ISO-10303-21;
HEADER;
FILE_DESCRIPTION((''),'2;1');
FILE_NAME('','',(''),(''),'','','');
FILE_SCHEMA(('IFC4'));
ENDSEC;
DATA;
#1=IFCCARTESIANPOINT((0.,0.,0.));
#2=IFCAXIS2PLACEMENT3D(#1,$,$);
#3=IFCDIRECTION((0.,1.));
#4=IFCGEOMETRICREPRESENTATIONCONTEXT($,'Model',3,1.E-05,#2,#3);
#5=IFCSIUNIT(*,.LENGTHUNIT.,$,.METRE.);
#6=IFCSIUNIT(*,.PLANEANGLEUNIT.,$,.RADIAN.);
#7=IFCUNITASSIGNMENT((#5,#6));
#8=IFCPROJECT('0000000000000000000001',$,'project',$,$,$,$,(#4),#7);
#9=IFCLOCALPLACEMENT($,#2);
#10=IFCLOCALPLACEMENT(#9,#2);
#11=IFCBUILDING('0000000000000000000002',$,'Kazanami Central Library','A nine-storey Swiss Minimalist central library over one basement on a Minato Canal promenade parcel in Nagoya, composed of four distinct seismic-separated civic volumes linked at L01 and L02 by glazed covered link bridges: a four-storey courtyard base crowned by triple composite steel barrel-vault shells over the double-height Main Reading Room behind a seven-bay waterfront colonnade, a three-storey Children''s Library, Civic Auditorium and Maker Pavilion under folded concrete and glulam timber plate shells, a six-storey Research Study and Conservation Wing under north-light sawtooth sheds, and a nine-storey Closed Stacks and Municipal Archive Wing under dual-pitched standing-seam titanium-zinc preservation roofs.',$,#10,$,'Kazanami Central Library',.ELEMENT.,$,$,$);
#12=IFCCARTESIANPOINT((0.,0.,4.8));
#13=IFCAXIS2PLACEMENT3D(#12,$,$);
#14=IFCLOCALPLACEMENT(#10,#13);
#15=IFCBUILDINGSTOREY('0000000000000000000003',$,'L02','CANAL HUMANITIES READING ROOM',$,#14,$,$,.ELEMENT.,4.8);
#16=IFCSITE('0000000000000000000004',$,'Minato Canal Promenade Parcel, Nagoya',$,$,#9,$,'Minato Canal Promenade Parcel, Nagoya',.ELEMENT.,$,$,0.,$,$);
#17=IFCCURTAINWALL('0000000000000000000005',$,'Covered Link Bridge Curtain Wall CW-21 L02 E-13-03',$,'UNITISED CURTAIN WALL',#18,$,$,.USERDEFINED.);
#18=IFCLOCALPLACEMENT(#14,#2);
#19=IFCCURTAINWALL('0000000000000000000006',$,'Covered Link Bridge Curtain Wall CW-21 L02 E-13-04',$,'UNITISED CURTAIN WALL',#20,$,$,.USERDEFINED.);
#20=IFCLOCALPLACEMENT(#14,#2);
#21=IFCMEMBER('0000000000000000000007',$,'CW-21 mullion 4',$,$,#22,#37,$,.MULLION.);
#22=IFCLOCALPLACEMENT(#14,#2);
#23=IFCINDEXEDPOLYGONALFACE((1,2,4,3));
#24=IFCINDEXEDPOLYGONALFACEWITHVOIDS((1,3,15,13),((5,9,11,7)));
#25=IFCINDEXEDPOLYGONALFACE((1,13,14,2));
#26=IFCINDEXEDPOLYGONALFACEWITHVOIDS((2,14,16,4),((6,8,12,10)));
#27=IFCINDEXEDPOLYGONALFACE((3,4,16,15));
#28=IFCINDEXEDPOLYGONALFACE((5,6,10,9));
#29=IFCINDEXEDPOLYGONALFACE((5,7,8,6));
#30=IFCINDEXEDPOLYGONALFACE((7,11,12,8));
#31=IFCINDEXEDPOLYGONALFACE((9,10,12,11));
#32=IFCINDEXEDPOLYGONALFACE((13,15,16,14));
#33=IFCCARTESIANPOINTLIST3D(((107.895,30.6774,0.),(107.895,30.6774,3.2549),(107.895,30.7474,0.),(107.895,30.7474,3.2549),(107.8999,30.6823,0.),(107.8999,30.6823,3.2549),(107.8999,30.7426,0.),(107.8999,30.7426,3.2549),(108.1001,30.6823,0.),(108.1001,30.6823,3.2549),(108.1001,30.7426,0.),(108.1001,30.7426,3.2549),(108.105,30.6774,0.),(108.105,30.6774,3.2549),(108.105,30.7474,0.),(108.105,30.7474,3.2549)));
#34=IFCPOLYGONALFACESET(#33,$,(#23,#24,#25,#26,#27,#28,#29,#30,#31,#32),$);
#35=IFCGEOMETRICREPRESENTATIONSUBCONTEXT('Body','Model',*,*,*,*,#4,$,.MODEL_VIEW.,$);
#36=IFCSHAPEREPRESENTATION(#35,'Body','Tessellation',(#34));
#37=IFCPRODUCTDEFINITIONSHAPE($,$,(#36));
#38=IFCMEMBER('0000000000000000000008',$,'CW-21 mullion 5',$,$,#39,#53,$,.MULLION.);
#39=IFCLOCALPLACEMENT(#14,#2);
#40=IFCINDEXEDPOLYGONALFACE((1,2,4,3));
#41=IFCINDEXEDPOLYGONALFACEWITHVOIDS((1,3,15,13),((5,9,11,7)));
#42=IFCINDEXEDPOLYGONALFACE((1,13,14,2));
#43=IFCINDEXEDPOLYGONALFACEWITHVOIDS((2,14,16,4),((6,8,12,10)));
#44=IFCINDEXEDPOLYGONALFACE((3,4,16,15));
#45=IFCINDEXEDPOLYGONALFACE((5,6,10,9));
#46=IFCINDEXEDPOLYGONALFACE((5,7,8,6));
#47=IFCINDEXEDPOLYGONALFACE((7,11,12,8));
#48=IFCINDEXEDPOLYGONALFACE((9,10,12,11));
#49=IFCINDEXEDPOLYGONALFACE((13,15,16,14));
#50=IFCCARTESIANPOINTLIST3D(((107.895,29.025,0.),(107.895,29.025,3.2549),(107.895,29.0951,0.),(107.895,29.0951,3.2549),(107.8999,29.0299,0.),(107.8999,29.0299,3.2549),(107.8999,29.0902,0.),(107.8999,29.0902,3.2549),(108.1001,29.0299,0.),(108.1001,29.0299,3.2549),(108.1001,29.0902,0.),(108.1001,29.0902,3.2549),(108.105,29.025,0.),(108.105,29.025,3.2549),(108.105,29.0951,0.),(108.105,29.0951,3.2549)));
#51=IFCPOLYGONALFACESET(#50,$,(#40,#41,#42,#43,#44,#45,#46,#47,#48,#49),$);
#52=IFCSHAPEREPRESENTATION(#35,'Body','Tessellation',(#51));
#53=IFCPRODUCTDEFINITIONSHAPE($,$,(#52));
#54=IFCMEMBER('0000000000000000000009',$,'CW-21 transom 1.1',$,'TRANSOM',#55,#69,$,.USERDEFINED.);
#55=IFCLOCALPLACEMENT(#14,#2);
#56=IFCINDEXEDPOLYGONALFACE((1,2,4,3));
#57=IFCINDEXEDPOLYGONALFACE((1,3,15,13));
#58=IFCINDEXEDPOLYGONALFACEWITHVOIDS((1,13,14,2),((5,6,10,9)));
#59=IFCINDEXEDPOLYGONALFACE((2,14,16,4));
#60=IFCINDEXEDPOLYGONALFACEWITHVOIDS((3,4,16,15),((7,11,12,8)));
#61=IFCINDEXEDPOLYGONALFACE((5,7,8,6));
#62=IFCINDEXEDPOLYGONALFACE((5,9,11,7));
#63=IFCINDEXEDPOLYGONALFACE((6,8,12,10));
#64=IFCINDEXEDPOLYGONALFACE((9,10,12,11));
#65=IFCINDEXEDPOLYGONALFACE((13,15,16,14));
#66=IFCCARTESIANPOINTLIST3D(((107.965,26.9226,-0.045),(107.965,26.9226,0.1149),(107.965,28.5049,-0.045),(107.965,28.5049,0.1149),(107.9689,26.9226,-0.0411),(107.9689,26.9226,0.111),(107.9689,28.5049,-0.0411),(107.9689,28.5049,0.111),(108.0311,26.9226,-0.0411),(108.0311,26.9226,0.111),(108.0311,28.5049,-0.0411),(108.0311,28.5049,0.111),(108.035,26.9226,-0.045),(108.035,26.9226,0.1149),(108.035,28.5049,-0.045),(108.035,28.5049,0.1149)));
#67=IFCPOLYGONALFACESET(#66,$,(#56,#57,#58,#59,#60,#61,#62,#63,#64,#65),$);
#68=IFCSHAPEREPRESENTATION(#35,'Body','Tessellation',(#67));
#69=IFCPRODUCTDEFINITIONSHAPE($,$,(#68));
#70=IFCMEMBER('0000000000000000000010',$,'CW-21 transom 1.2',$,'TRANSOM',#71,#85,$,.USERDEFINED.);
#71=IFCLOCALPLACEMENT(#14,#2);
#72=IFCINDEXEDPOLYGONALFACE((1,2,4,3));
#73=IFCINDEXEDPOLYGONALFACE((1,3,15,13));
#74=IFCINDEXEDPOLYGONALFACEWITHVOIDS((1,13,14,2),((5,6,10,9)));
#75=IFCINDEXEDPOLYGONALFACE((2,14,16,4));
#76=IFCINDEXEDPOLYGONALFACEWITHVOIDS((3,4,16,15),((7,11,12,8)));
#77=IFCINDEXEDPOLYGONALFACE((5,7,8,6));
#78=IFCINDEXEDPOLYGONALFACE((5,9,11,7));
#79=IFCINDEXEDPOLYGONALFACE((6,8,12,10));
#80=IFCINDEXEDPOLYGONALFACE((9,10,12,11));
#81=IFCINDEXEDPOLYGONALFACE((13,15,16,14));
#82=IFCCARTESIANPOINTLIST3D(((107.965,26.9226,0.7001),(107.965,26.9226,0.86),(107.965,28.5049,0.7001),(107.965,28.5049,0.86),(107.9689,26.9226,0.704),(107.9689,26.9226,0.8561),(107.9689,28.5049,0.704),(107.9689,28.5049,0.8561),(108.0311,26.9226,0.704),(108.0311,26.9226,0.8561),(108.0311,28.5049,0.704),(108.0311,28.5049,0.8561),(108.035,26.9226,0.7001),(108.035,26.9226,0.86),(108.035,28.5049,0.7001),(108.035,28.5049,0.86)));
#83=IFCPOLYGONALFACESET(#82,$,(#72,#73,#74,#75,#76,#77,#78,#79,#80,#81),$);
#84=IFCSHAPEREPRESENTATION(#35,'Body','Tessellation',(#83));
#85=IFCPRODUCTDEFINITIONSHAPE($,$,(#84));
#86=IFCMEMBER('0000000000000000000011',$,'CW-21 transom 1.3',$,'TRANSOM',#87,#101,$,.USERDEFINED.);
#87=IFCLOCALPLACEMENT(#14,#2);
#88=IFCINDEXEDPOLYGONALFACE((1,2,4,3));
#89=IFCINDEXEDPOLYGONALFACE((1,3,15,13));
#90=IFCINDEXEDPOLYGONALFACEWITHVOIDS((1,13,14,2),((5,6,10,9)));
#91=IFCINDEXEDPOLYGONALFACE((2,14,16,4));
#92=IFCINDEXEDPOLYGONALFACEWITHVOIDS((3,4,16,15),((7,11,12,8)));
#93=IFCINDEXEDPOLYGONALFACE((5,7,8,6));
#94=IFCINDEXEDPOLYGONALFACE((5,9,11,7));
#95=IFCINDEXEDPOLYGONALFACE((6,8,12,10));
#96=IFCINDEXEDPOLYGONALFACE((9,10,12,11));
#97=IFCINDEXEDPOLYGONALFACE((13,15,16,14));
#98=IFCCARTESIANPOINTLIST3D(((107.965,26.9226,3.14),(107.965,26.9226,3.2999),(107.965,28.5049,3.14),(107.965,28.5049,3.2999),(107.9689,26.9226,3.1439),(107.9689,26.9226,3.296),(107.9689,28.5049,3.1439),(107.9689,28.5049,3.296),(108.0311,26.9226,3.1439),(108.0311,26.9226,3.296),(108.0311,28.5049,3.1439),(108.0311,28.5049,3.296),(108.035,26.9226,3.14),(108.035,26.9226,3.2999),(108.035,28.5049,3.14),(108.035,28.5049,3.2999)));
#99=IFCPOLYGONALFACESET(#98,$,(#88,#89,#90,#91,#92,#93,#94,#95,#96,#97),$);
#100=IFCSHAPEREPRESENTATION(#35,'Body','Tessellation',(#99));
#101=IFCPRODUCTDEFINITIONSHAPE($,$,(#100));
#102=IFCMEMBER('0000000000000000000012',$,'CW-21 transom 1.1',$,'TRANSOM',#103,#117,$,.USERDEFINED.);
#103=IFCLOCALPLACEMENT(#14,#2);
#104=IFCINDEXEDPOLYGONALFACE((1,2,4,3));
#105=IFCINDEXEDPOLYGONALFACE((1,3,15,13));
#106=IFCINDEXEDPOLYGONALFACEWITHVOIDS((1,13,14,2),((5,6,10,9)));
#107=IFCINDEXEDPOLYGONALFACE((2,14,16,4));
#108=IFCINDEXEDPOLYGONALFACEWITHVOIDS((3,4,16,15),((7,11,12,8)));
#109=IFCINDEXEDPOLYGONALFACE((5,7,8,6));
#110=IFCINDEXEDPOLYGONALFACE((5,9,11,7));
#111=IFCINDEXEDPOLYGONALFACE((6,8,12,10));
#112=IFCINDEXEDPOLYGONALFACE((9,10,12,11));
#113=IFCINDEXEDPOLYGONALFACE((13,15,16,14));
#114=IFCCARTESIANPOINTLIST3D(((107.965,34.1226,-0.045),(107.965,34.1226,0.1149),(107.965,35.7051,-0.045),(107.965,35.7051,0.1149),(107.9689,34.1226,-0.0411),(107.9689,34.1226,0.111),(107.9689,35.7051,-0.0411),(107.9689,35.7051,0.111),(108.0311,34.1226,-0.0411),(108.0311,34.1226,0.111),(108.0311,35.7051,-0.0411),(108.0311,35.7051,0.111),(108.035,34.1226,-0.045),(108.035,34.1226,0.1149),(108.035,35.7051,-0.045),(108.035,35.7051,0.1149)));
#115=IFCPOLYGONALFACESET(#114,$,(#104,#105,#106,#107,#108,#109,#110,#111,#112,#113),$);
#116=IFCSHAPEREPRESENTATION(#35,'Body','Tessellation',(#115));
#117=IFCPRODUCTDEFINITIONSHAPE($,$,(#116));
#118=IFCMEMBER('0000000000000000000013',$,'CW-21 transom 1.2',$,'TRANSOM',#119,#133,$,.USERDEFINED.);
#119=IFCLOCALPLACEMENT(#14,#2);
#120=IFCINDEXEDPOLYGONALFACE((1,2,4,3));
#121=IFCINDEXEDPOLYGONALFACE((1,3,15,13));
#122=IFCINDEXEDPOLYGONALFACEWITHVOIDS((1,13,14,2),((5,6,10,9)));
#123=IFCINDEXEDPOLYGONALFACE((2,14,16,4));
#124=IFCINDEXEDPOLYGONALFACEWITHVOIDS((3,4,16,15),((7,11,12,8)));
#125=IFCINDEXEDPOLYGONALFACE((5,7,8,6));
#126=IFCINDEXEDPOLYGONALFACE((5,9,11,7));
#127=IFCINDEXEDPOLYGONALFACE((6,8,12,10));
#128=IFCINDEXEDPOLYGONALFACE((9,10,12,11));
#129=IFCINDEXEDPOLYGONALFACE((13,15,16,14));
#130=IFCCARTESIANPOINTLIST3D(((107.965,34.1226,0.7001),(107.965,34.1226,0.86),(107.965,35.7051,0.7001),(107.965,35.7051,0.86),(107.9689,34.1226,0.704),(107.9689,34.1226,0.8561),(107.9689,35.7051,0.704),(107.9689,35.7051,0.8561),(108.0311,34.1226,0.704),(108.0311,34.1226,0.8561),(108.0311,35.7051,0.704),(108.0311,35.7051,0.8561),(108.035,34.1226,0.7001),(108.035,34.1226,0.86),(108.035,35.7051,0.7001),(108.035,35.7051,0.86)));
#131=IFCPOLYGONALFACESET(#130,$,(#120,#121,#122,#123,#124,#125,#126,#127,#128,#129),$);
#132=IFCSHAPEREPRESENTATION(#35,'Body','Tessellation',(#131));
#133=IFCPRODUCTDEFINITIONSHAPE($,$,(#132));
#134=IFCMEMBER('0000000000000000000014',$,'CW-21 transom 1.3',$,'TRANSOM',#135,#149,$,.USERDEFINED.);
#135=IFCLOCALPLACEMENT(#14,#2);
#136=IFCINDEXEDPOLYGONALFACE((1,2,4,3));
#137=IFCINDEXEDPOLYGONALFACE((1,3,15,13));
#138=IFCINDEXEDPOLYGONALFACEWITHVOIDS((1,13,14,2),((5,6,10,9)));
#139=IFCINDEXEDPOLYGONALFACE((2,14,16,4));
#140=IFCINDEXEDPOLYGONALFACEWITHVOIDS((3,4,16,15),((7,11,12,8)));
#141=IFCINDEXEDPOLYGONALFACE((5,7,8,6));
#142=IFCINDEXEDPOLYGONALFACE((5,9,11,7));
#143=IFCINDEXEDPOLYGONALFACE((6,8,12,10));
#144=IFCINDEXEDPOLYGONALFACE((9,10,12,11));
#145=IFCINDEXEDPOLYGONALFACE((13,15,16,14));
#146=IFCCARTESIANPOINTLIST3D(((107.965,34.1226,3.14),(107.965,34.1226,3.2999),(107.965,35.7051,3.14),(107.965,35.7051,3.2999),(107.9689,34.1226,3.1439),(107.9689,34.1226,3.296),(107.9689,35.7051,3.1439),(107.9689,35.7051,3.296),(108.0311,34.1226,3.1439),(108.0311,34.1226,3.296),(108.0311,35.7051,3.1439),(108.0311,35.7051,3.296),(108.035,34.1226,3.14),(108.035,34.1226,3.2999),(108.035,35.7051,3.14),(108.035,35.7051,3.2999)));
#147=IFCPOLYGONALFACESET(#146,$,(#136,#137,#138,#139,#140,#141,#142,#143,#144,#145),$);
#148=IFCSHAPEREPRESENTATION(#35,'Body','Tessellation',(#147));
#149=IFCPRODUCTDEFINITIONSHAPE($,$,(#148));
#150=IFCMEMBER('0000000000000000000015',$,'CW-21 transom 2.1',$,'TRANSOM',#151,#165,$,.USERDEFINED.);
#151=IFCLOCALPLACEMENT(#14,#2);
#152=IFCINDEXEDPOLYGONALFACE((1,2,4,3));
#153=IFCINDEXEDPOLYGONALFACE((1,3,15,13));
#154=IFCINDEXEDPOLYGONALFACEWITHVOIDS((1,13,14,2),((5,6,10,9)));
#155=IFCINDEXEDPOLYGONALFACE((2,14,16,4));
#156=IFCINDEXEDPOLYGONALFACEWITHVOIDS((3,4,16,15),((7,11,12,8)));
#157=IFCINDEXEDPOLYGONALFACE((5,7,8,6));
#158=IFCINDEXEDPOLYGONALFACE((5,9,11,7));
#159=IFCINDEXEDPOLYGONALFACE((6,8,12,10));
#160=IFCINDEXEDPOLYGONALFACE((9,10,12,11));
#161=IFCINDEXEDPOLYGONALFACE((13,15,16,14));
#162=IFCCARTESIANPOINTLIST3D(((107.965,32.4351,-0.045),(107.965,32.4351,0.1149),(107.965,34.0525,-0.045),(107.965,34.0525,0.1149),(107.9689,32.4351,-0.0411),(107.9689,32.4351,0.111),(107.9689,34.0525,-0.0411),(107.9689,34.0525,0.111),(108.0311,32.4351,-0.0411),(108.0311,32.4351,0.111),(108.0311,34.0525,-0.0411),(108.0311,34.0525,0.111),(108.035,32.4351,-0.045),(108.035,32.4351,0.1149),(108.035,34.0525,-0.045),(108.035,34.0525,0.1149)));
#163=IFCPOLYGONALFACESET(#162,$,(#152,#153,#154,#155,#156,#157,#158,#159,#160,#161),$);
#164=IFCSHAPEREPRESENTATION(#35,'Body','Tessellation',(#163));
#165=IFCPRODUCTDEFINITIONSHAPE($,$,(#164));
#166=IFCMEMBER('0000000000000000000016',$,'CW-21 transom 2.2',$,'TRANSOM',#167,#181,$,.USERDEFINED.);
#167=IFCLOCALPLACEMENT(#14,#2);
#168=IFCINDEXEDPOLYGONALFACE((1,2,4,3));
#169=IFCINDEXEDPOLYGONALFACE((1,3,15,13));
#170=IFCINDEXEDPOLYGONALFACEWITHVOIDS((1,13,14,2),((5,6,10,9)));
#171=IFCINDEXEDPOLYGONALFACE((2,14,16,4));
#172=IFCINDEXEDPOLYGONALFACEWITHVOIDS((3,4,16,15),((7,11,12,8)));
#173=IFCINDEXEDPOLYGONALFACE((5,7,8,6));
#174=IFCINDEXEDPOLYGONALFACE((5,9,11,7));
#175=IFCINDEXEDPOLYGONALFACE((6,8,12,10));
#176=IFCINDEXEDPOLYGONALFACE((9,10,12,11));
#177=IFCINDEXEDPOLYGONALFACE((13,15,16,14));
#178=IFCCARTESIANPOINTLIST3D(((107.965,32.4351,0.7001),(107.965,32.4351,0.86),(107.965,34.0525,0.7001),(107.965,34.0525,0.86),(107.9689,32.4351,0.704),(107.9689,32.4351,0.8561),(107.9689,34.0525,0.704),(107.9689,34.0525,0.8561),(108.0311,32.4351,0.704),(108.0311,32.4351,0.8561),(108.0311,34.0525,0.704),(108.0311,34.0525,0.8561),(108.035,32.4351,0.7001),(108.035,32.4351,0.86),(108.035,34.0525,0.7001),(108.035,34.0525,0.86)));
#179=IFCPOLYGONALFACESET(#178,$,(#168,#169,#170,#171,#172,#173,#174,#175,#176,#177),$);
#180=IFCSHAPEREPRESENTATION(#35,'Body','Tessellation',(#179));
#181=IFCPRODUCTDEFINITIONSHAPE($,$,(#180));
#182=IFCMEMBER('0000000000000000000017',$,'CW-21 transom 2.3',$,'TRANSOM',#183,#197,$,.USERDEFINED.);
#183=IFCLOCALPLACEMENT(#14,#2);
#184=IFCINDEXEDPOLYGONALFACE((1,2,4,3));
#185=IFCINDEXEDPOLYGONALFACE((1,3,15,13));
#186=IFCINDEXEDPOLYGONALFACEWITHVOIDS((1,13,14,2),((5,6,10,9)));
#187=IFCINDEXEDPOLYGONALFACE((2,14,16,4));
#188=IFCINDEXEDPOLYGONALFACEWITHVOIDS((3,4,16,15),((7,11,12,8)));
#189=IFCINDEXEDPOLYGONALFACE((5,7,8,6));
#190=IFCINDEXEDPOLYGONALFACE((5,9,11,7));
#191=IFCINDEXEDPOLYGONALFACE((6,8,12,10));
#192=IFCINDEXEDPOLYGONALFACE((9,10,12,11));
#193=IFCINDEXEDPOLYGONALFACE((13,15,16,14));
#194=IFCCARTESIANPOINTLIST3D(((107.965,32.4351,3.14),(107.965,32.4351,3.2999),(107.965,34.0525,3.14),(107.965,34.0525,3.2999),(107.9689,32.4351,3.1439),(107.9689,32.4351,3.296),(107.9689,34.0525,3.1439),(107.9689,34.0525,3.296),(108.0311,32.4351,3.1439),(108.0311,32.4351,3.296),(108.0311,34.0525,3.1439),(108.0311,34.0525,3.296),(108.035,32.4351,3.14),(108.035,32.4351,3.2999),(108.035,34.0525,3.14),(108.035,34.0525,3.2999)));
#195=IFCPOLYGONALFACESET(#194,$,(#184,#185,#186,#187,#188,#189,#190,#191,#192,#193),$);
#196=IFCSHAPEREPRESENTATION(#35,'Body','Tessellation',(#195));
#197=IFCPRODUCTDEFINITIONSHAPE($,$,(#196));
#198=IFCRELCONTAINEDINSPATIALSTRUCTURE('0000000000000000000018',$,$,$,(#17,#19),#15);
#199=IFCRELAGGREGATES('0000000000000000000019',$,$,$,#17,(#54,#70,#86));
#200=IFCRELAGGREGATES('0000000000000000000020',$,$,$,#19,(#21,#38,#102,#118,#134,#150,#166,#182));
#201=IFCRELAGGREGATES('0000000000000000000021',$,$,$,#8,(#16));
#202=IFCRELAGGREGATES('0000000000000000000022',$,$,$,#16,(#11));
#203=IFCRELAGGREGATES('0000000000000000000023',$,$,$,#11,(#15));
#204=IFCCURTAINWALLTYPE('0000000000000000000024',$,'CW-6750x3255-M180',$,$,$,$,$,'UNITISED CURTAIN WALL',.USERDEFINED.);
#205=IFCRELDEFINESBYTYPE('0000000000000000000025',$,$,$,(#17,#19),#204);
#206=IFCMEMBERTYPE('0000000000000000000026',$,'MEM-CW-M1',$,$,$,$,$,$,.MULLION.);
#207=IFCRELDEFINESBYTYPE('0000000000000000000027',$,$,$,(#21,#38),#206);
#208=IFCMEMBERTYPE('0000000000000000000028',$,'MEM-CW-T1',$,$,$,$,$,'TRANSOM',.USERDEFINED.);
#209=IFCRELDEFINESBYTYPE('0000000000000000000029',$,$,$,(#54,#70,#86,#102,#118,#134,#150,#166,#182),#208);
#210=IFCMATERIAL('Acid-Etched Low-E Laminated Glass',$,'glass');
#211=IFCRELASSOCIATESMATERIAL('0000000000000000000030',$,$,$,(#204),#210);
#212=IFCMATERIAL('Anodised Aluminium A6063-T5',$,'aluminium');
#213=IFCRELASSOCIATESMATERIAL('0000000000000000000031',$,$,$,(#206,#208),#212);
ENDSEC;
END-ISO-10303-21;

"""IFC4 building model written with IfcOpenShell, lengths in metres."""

from ifc_helpers import new_model, si_unit, direction, frame, origin, origin_2d, place, context, subcontext, project, spatial, hollow_rectangle, extrude, material, material_profile, profile_set, type_object, element, aggregate, save


model = new_model("IFC4")

# Units and contexts
model_context = context("Model", 3, precision=1e-05, world=origin(), true_north=direction((0.0, 1.0)))
body_context = subcontext(model_context, "Body", "Model", "MODEL_VIEW")
ifc_project = project(units=[si_unit("LENGTHUNIT", "METRE"), si_unit("PLANEANGLEUNIT", "RADIAN")], contexts=[model_context])

# Site, building, storey
site_placement = place(None, origin())
site = spatial("IfcSite", under=ifc_project, at=site_placement, Name="Minato Canal Promenade Parcel, Nagoya", LongName="Minato Canal Promenade Parcel, Nagoya", CompositionType="ELEMENT", RefElevation=0.0)
building_placement = place(site_placement, origin())
building = spatial("IfcBuilding", under=site, at=building_placement, Name="Kazanami Central Library", Description="A nine-storey Swiss Minimalist central library over one basement on a Minato Canal promenade parcel in Nagoya, composed of four distinct seismic-separated civic volumes linked at L01 and L02 by glazed covered link bridges: a four-storey courtyard base crowned by triple composite steel barrel-vault shells over the double-height Main Reading Room behind a seven-bay waterfront colonnade, a three-storey Children's Library, Civic Auditorium and Maker Pavilion under folded concrete and glulam timber plate shells, a six-storey Research Study and Conservation Wing under north-light sawtooth sheds, and a nine-storey Closed Stacks and Municipal Archive Wing under dual-pitched standing-seam titanium-zinc preservation roofs.", LongName="Kazanami Central Library", CompositionType="ELEMENT")
storey_placement = place(building_placement, frame((0.0, 0.0, 4.8)))
storey = spatial("IfcBuildingStorey", under=building, at=storey_placement, Name="L02", Description="CANAL HUMANITIES READING ROOM", CompositionType="ELEMENT", Elevation=4.8)

# Curtain wall
ifc_material_1 = material(Name="Acid-Etched Low-E Laminated Glass", Category="glass")
curtain_wall_type_1 = type_object("IfcCurtainWallType", Name="CW-6750x3255-M180", ElementType="UNITISED CURTAIN WALL", PredefinedType="USERDEFINED", material=ifc_material_1)
curtain_wall_1_placement = place(storey_placement, origin())
curtain_wall_1 = element("IfcCurtainWall", 1, at=curtain_wall_1_placement, inside=storey, type_object=curtain_wall_type_1, Name="Covered Link Bridge Curtain Wall CW-21 L02 E-13-03", ObjectType="UNITISED CURTAIN WALL", PredefinedType="USERDEFINED")
ifc_material_2 = material(Name="Anodised Aluminium A6063-T5", Category="aluminium")
ifc_material_profile_1 = material_profile(ifc_material_2, hollow_rectangle(XDim=0.0701, YDim=0.21, WallThickness=0.0049, at=origin_2d()), Name="ALU-MULL-70x210x5")
ifc_profile_set_1 = profile_set([ifc_material_profile_1], Name="Anodised Aluminium A6063-T5")
member_type_1 = type_object("IfcMemberType", Name="MEM-CW-M1", PredefinedType="MULLION", material=ifc_profile_set_1)

# Curtain wall, members
curtain_wall_2_placement = place(storey_placement, origin())
curtain_wall_2 = element("IfcCurtainWall", 2, at=curtain_wall_2_placement, inside=storey, type_object=curtain_wall_type_1, Name="Covered Link Bridge Curtain Wall CW-21 L02 E-13-04", ObjectType="UNITISED CURTAIN WALL", PredefinedType="USERDEFINED")
member_1_placement = place(storey_placement, frame((108.0, 30.7124, 0.0), z_axis=(0.0, 0.0, 1.0), x_axis=(0.0, -1.0, 0.0)))
member_1 = element("IfcMember", 3, at=member_1_placement, type_object=member_type_1, Name="CW-21 mullion 4", PredefinedType="MULLION", context=body_context, shape_type="SweptSolid", body=[
    extrude(hollow_rectangle(XDim=0.0701, YDim=0.21, WallThickness=0.0049, at=origin_2d()), origin(), (0.0, 0.0, 1.0), 3.2549),
])
member_2_placement = place(storey_placement, frame((108.0, 29.0601, 0.0), z_axis=(0.0, 0.0, 1.0), x_axis=(0.0, -1.0, 0.0)))
member_2 = element("IfcMember", 4, at=member_2_placement, type_object=member_type_1, Name="CW-21 mullion 5", PredefinedType="MULLION", context=body_context, shape_type="SweptSolid", body=[
    extrude(hollow_rectangle(XDim=0.0701, YDim=0.21, WallThickness=0.0049, at=origin_2d()), origin(), (0.0, 0.0, 1.0), 3.2549),
])

# Members
ifc_material_profile_2 = material_profile(ifc_material_2, hollow_rectangle(XDim=0.0701, YDim=0.1599, WallThickness=0.0039, at=origin_2d()), Name="ALU-TRAN-70x160x4")
ifc_profile_set_2 = profile_set([ifc_material_profile_2], Name="Anodised Aluminium A6063-T5")
member_type_2 = type_object("IfcMemberType", Name="MEM-CW-T1", ElementType="TRANSOM", PredefinedType="USERDEFINED", material=ifc_profile_set_2)
member_3_placement = place(storey_placement, frame((108.0, 28.5049, 0.0349), z_axis=(0.0, -1.0, 0.0), x_axis=(1.0, 0.0, 0.0)))
member_3 = element("IfcMember", 5, at=member_3_placement, type_object=member_type_2, Name="CW-21 transom 1.1", ObjectType="TRANSOM", PredefinedType="USERDEFINED", context=body_context, shape_type="SweptSolid", body=[
    extrude(hollow_rectangle(XDim=0.0701, YDim=0.1599, WallThickness=0.0039, at=origin_2d()), origin(), (0.0, 0.0, 1.0), 1.5823),
])
member_4_placement = place(storey_placement, frame((108.0, 28.5049, 0.78), z_axis=(0.0, -1.0, 0.0), x_axis=(1.0, 0.0, 0.0)))
member_4 = element("IfcMember", 6, at=member_4_placement, type_object=member_type_2, Name="CW-21 transom 1.2", ObjectType="TRANSOM", PredefinedType="USERDEFINED", context=body_context, shape_type="SweptSolid", body=[
    extrude(hollow_rectangle(XDim=0.0701, YDim=0.1599, WallThickness=0.0039, at=origin_2d()), origin(), (0.0, 0.0, 1.0), 1.5823),
])
member_5_placement = place(storey_placement, frame((108.0, 28.5049, 3.22), z_axis=(0.0, -1.0, 0.0), x_axis=(1.0, 0.0, 0.0)))
member_5 = element("IfcMember", 7, at=member_5_placement, type_object=member_type_2, Name="CW-21 transom 1.3", ObjectType="TRANSOM", PredefinedType="USERDEFINED", context=body_context, shape_type="SweptSolid", body=[
    extrude(hollow_rectangle(XDim=0.0701, YDim=0.1599, WallThickness=0.0039, at=origin_2d()), origin(), (0.0, 0.0, 1.0), 1.5823),
])
member_6_placement = place(storey_placement, frame((108.0, 35.7051, 0.0349), z_axis=(0.0, -1.0, 0.0), x_axis=(1.0, 0.0, 0.0)))
member_6 = element("IfcMember", 8, at=member_6_placement, type_object=member_type_2, Name="CW-21 transom 1.1", ObjectType="TRANSOM", PredefinedType="USERDEFINED", context=body_context, shape_type="SweptSolid", body=[
    extrude(hollow_rectangle(XDim=0.0701, YDim=0.1599, WallThickness=0.0039, at=origin_2d()), origin(), (0.0, 0.0, 1.0), 1.5825),
])
member_7_placement = place(storey_placement, frame((108.0, 35.7051, 0.78), z_axis=(0.0, -1.0, 0.0), x_axis=(1.0, 0.0, 0.0)))
member_7 = element("IfcMember", 9, at=member_7_placement, type_object=member_type_2, Name="CW-21 transom 1.2", ObjectType="TRANSOM", PredefinedType="USERDEFINED", context=body_context, shape_type="SweptSolid", body=[
    extrude(hollow_rectangle(XDim=0.0701, YDim=0.1599, WallThickness=0.0039, at=origin_2d()), origin(), (0.0, 0.0, 1.0), 1.5825),
])
member_8_placement = place(storey_placement, frame((108.0, 35.7051, 3.22), z_axis=(0.0, -1.0, 0.0), x_axis=(1.0, 0.0, 0.0)))
member_8 = element("IfcMember", 10, at=member_8_placement, type_object=member_type_2, Name="CW-21 transom 1.3", ObjectType="TRANSOM", PredefinedType="USERDEFINED", context=body_context, shape_type="SweptSolid", body=[
    extrude(hollow_rectangle(XDim=0.0701, YDim=0.1599, WallThickness=0.0039, at=origin_2d()), origin(), (0.0, 0.0, 1.0), 1.5825),
])
member_9_placement = place(storey_placement, frame((108.0, 34.0525, 0.0349), z_axis=(0.0, -1.0, 0.0), x_axis=(1.0, 0.0, 0.0)))
member_9 = element("IfcMember", 11, at=member_9_placement, type_object=member_type_2, Name="CW-21 transom 2.1", ObjectType="TRANSOM", PredefinedType="USERDEFINED", context=body_context, shape_type="SweptSolid", body=[
    extrude(hollow_rectangle(XDim=0.0701, YDim=0.1599, WallThickness=0.0039, at=origin_2d()), origin(), (0.0, 0.0, 1.0), 1.6174),
])
member_10_placement = place(storey_placement, frame((108.0, 34.0525, 0.78), z_axis=(0.0, -1.0, 0.0), x_axis=(1.0, 0.0, 0.0)))
member_10 = element("IfcMember", 12, at=member_10_placement, type_object=member_type_2, Name="CW-21 transom 2.2", ObjectType="TRANSOM", PredefinedType="USERDEFINED", context=body_context, shape_type="SweptSolid", body=[
    extrude(hollow_rectangle(XDim=0.0701, YDim=0.1599, WallThickness=0.0039, at=origin_2d()), origin(), (0.0, 0.0, 1.0), 1.6174),
])
member_11_placement = place(storey_placement, frame((108.0, 34.0525, 3.22), z_axis=(0.0, -1.0, 0.0), x_axis=(1.0, 0.0, 0.0)))
member_11 = element("IfcMember", 13, at=member_11_placement, type_object=member_type_2, Name="CW-21 transom 2.3", ObjectType="TRANSOM", PredefinedType="USERDEFINED", context=body_context, shape_type="SweptSolid", body=[
    extrude(hollow_rectangle(XDim=0.0701, YDim=0.1599, WallThickness=0.0039, at=origin_2d()), origin(), (0.0, 0.0, 1.0), 1.6174),
])

aggregate(curtain_wall_1, [member_3, member_4, member_5])
aggregate(curtain_wall_2, [member_1, member_2, member_6, member_7, member_8, member_9, member_10, member_11])

save(model, "model.ifc")
